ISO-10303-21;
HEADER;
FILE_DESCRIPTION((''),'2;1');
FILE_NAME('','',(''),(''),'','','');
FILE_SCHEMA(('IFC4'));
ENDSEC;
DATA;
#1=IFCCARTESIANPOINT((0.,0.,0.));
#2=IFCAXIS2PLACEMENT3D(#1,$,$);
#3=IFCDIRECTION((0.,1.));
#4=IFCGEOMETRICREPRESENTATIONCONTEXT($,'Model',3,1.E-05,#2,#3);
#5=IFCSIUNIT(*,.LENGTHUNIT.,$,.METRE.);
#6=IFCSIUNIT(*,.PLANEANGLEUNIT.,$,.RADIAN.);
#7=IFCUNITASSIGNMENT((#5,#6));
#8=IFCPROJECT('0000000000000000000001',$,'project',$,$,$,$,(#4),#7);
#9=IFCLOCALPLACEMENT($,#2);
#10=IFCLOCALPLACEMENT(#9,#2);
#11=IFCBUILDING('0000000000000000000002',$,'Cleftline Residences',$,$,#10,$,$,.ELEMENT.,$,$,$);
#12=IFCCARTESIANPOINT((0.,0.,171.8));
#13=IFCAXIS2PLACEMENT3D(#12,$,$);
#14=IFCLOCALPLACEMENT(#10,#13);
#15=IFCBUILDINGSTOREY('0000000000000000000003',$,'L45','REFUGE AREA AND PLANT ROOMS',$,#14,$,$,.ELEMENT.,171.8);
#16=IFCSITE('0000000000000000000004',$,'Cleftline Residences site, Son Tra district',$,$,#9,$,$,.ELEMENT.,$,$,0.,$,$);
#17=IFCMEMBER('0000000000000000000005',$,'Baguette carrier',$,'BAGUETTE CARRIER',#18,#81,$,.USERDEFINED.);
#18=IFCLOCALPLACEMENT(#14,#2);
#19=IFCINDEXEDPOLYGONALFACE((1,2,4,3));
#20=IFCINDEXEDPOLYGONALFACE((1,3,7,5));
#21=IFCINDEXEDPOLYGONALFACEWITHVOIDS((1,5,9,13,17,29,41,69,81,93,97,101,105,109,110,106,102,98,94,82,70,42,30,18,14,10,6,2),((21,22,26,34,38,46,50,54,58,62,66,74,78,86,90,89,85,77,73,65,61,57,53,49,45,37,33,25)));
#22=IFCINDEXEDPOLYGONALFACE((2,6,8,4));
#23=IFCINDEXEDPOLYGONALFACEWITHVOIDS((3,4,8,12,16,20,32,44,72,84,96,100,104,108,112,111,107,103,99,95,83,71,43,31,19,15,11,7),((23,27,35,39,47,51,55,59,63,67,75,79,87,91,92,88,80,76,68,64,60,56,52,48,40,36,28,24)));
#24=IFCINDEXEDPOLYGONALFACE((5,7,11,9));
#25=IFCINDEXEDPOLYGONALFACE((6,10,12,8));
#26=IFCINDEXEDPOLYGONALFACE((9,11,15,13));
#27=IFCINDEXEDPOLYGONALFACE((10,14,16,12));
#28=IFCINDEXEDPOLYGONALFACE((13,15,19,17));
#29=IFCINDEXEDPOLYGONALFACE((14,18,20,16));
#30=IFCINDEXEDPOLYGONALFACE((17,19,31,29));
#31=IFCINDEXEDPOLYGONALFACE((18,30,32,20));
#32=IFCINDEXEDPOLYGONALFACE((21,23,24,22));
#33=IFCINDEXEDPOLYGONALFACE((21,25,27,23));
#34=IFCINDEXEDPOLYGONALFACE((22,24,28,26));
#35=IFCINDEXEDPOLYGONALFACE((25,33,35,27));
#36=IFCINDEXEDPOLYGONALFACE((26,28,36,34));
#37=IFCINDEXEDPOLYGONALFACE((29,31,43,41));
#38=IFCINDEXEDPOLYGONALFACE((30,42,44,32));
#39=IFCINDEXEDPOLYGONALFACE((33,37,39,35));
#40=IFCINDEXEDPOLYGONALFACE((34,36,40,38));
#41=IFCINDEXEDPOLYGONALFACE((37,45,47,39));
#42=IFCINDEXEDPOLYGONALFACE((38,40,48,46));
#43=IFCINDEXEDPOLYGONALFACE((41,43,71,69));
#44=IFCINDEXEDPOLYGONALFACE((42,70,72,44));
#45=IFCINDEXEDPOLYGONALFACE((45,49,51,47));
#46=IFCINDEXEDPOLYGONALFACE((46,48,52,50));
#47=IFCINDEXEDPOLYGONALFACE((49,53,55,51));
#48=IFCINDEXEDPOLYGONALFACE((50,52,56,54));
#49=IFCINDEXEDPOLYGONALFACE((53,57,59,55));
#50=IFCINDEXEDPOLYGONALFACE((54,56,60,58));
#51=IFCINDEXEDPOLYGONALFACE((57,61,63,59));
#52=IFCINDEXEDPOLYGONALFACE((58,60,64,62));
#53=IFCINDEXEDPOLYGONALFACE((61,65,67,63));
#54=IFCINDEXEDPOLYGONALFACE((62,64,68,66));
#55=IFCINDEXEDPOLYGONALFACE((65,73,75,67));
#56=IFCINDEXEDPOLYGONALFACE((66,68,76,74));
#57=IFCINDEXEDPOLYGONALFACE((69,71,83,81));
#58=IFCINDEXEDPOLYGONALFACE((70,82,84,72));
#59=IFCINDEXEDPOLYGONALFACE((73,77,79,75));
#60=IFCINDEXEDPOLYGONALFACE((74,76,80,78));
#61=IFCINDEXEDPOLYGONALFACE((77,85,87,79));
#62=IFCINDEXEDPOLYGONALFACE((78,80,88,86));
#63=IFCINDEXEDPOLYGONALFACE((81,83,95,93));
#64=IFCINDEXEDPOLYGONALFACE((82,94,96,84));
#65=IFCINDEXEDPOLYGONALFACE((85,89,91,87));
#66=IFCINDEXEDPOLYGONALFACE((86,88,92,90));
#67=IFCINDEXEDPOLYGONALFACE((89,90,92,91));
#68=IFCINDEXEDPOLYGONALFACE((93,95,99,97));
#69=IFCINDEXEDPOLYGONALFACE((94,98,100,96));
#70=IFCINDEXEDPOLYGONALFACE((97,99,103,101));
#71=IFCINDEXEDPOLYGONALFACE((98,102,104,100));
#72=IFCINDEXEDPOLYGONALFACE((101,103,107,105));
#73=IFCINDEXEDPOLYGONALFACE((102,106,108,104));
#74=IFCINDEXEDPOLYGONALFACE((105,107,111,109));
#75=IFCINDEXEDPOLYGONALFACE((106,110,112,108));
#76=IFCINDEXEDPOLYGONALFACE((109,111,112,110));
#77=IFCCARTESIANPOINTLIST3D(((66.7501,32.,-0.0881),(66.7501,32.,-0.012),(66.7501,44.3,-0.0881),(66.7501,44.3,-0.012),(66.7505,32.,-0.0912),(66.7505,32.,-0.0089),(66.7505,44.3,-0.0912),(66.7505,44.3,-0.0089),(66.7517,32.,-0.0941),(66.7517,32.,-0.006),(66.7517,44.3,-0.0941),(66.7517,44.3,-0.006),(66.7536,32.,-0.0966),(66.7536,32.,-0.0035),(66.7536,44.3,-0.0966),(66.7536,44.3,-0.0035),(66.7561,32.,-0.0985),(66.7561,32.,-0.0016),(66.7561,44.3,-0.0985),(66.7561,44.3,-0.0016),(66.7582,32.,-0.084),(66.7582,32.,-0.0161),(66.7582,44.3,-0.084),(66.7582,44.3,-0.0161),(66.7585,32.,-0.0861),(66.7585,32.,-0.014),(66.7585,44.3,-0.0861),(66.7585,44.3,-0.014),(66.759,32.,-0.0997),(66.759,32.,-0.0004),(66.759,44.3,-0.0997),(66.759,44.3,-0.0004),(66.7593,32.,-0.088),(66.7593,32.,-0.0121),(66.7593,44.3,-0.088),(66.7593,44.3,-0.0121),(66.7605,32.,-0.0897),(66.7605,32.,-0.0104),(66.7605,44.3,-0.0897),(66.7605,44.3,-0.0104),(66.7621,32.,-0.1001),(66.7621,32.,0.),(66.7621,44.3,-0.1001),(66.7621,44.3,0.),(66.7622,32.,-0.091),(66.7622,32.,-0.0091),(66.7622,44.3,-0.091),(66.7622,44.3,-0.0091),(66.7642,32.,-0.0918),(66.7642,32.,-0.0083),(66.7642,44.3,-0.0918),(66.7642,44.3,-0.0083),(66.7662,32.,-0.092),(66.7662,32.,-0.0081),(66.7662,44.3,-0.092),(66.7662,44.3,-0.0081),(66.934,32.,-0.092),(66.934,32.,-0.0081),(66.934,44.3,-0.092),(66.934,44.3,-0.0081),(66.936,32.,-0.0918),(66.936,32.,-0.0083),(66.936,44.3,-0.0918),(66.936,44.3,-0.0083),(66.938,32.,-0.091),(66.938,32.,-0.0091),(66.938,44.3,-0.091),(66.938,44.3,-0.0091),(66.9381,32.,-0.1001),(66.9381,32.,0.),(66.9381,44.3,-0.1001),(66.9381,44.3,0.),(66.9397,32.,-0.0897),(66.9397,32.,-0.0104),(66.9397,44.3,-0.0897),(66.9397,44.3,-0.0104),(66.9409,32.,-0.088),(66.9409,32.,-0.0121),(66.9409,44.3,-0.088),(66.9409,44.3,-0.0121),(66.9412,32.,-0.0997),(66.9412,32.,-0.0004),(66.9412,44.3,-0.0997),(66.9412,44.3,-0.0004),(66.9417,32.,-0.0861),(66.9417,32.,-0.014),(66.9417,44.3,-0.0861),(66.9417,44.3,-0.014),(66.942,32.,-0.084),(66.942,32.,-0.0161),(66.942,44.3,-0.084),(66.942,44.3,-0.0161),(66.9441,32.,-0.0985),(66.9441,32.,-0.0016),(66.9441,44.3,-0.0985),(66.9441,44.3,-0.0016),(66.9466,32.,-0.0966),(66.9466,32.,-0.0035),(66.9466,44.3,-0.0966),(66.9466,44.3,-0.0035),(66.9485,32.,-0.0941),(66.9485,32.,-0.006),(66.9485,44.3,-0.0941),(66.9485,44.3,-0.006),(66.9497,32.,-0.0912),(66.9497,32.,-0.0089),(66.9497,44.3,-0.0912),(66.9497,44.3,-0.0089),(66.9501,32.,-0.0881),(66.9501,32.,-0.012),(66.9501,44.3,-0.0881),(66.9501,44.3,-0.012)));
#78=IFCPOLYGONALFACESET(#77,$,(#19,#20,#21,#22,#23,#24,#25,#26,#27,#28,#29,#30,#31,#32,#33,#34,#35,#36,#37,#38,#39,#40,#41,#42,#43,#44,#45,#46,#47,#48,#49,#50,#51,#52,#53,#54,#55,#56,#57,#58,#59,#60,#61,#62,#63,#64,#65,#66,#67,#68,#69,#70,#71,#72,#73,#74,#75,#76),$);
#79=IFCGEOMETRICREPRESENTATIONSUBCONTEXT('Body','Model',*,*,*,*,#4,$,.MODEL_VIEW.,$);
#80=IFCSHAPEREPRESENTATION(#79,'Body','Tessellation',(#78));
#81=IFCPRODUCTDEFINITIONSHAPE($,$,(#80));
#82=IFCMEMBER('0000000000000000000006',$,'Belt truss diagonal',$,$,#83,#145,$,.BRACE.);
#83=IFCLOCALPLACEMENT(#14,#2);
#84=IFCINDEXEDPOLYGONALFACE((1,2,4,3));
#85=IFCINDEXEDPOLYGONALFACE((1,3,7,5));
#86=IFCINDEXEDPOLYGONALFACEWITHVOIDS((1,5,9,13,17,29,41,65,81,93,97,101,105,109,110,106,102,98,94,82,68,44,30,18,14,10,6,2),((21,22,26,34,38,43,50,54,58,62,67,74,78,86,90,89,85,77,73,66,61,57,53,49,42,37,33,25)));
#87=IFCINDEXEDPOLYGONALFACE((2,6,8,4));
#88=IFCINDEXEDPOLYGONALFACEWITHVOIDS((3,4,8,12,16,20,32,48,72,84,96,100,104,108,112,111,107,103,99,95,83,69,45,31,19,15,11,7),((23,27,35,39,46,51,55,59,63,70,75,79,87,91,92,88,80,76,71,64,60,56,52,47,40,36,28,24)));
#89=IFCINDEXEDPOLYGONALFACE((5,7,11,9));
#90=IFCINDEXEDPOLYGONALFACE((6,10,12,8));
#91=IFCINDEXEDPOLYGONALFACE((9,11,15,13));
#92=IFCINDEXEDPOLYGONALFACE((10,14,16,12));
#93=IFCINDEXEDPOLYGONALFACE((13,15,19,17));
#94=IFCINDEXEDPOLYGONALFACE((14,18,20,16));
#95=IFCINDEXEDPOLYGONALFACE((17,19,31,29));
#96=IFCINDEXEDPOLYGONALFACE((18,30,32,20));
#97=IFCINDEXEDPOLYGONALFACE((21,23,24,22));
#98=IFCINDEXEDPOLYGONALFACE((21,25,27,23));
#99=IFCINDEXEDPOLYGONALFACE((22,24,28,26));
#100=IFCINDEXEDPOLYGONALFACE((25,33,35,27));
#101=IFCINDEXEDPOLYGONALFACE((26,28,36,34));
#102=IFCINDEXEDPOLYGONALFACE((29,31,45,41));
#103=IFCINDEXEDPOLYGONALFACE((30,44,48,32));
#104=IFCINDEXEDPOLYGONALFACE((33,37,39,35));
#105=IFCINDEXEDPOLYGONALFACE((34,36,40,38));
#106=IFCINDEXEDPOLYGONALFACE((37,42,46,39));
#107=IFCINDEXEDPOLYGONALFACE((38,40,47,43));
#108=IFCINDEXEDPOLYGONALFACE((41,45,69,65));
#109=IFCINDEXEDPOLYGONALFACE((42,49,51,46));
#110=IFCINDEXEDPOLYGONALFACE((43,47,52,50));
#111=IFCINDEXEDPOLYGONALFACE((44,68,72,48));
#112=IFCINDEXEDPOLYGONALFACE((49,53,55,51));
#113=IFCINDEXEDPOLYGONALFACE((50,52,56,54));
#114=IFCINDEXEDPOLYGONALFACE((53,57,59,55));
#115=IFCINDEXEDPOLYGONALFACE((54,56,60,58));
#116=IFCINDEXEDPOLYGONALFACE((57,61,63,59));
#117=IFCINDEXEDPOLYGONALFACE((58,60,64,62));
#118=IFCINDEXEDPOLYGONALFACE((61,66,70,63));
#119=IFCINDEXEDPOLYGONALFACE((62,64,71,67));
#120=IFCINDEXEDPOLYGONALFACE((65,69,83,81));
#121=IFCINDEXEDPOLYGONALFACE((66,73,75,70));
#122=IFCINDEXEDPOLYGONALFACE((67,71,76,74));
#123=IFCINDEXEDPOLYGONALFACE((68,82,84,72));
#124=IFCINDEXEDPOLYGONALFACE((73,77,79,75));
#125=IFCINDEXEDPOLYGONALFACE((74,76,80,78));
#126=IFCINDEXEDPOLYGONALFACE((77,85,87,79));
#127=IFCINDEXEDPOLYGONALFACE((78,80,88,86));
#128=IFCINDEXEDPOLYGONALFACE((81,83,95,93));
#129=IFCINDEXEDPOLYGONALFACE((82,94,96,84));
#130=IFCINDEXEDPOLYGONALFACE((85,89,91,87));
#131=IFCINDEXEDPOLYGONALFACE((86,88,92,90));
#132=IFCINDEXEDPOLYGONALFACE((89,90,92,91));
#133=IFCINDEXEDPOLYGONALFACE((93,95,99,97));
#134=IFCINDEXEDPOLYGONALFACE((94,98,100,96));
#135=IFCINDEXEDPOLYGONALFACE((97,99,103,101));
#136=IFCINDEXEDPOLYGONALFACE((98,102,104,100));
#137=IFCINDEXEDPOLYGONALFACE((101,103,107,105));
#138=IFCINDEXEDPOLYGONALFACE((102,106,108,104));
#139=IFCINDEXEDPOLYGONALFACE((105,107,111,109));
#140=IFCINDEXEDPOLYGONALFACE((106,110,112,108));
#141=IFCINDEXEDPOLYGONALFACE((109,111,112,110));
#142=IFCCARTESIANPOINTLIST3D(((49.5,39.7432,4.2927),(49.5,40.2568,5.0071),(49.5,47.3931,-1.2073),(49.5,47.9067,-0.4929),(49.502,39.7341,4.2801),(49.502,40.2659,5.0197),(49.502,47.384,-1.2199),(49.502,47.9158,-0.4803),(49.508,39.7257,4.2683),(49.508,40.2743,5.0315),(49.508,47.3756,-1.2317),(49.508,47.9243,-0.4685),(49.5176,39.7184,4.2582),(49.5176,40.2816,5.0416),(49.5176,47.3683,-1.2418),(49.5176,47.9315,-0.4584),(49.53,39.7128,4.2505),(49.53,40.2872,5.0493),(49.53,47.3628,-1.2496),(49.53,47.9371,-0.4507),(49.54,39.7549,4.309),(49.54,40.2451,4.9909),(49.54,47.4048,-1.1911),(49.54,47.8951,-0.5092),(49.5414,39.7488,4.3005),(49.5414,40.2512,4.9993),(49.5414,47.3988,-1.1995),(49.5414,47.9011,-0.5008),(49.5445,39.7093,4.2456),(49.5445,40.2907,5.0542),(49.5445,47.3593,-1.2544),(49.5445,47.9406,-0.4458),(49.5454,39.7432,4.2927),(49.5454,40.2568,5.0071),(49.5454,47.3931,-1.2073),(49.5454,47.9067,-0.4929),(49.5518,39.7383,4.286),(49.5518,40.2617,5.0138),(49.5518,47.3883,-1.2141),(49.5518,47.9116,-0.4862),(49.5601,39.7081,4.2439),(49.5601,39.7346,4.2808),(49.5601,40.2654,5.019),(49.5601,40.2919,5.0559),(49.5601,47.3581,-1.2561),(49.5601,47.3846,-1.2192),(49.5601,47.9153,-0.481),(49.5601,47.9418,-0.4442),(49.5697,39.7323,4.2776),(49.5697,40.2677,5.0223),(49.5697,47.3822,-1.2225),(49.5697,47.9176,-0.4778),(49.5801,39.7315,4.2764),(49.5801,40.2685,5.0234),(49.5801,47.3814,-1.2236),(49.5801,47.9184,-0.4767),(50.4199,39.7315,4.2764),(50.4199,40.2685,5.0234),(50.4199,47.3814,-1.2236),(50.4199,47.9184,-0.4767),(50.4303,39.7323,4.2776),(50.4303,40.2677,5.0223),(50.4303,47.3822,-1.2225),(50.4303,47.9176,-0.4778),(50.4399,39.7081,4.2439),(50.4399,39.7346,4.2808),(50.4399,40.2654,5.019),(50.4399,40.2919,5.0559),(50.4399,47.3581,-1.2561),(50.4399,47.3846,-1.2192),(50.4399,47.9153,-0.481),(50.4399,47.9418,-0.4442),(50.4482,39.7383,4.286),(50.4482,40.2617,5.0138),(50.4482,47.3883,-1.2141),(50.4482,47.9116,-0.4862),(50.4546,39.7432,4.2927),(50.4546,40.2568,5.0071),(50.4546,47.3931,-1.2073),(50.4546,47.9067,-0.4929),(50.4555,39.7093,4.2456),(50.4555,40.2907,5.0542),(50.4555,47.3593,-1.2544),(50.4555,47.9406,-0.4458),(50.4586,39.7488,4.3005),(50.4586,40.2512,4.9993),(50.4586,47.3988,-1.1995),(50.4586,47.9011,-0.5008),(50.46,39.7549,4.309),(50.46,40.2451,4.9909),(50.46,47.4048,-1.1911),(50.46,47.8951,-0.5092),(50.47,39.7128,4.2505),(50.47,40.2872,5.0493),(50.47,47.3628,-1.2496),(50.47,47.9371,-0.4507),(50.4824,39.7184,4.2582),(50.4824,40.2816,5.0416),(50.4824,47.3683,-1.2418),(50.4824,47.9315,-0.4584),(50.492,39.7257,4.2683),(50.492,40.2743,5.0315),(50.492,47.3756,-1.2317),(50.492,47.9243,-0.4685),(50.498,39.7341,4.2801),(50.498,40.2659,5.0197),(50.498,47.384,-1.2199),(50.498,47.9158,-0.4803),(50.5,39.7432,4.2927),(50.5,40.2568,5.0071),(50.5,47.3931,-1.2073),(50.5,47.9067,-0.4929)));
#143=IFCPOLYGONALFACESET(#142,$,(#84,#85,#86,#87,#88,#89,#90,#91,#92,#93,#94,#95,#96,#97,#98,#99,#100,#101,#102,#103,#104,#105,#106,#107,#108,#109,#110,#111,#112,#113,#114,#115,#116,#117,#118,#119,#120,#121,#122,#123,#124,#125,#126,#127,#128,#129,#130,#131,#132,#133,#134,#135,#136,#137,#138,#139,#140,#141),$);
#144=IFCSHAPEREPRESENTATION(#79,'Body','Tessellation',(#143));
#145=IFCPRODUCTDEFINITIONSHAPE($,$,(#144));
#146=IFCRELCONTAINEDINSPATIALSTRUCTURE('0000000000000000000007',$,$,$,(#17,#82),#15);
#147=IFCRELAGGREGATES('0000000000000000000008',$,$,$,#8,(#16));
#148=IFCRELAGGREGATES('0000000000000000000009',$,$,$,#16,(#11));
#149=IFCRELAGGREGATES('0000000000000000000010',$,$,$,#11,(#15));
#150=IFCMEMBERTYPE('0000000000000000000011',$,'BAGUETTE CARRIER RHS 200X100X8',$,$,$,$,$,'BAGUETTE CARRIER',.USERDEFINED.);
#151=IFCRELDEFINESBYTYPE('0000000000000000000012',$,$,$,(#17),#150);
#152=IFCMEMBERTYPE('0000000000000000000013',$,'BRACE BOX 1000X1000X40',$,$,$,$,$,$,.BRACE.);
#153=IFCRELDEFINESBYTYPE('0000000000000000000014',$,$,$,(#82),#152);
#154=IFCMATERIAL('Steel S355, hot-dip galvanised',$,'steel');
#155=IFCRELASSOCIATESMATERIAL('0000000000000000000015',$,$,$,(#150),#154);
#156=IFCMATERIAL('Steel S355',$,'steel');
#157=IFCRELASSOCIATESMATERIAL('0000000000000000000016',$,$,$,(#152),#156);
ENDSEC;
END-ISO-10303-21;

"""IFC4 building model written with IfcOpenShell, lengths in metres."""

from ifc_helpers import new_model, si_unit, direction, frame, origin, origin_2d, place, context, subcontext, project, spatial, hollow_rectangle, extrude, material, material_profile, profile_set, type_object, element, save


model = new_model("IFC4")

# Units and contexts
model_context = context("Model", 3, precision=1e-05, world=origin(), true_north=direction((0.0, 1.0)))
body_context = subcontext(model_context, "Body", "Model", "MODEL_VIEW")
ifc_project = project(units=[si_unit("LENGTHUNIT", "METRE"), si_unit("PLANEANGLEUNIT", "RADIAN")], contexts=[model_context])

# Site, building, storey
site_placement = place(None, origin())
site = spatial("IfcSite", under=ifc_project, at=site_placement, Name="Cleftline Residences site, Son Tra district", CompositionType="ELEMENT", RefElevation=0.0)
building_placement = place(site_placement, origin())
building = spatial("IfcBuilding", under=site, at=building_placement, Name="Cleftline Residences", CompositionType="ELEMENT")
storey_placement = place(building_placement, frame((0.0, 0.0, 171.8)))
storey = spatial("IfcBuildingStorey", under=building, at=storey_placement, Name="L45", Description="REFUGE AREA AND PLANT ROOMS", CompositionType="ELEMENT", Elevation=171.8)

# Members
ifc_material_1 = material(Name="Steel S355, hot-dip galvanised", Category="steel")
ifc_material_profile_1 = material_profile(ifc_material_1, hollow_rectangle(XDim=0.1001, YDim=0.2, WallThickness=0.0081, InnerFilletRadius=0.0081, OuterFilletRadius=0.012, at=origin_2d()))
ifc_profile_set_1 = profile_set([ifc_material_profile_1], Name="Steel S355, hot-dip galvanised")
member_type_1 = type_object("IfcMemberType", Name="BAGUETTE CARRIER RHS 200X100X8", ElementType="BAGUETTE CARRIER", PredefinedType="USERDEFINED", material=ifc_profile_set_1)
member_placement = place(storey_placement, frame((66.8501, 32.0, -0.05), z_axis=(0.0, 1.0, 0.0), x_axis=(0.0, 0.0, 1.0)))
element("IfcMember", 1, at=member_placement, inside=storey, type_object=member_type_1, Name="Baguette carrier", ObjectType="BAGUETTE CARRIER", PredefinedType="USERDEFINED", context=body_context, shape_type="SweptSolid", body=[
    extrude(hollow_rectangle(XDim=0.1001, YDim=0.2, WallThickness=0.0081, InnerFilletRadius=0.0081, OuterFilletRadius=0.012, at=origin_2d()), origin(), (0.0, 0.0, 1.0), 12.3),
])
ifc_material_2 = material(Name="Steel S355", Category="steel")
ifc_material_profile_2 = material_profile(ifc_material_2, hollow_rectangle(XDim=1.0, YDim=1.0, WallThickness=0.04, InnerFilletRadius=0.04, OuterFilletRadius=0.0601, at=origin_2d()))
ifc_profile_set_2 = profile_set([ifc_material_profile_2], Name="Steel S355")
member_type_2 = type_object("IfcMemberType", Name="BRACE BOX 1000X1000X40", PredefinedType="BRACE", material=ifc_profile_set_2)
for number, where, z_axis, x_axis, name in (
    (2, (50.0, 40.0, 4.6499), (0.0, 0.811933, -0.58375), (0.0, 0.58375, 0.811933), "Belt truss diagonal"),
):
    element("IfcMember", number, at=place(storey_placement, frame(where, z_axis=z_axis, x_axis=x_axis)), inside=storey, type_object=member_type_2, Name=name, PredefinedType="BRACE", context=body_context, shape_type="SweptSolid", body=[
        extrude(hollow_rectangle(XDim=1.0, YDim=1.0, WallThickness=0.04, InnerFilletRadius=0.04, OuterFilletRadius=0.0601, at=origin_2d()), origin(), (0.0, 0.0, 1.0), 9.4219),
    ])

save(model, "model.ifc")
